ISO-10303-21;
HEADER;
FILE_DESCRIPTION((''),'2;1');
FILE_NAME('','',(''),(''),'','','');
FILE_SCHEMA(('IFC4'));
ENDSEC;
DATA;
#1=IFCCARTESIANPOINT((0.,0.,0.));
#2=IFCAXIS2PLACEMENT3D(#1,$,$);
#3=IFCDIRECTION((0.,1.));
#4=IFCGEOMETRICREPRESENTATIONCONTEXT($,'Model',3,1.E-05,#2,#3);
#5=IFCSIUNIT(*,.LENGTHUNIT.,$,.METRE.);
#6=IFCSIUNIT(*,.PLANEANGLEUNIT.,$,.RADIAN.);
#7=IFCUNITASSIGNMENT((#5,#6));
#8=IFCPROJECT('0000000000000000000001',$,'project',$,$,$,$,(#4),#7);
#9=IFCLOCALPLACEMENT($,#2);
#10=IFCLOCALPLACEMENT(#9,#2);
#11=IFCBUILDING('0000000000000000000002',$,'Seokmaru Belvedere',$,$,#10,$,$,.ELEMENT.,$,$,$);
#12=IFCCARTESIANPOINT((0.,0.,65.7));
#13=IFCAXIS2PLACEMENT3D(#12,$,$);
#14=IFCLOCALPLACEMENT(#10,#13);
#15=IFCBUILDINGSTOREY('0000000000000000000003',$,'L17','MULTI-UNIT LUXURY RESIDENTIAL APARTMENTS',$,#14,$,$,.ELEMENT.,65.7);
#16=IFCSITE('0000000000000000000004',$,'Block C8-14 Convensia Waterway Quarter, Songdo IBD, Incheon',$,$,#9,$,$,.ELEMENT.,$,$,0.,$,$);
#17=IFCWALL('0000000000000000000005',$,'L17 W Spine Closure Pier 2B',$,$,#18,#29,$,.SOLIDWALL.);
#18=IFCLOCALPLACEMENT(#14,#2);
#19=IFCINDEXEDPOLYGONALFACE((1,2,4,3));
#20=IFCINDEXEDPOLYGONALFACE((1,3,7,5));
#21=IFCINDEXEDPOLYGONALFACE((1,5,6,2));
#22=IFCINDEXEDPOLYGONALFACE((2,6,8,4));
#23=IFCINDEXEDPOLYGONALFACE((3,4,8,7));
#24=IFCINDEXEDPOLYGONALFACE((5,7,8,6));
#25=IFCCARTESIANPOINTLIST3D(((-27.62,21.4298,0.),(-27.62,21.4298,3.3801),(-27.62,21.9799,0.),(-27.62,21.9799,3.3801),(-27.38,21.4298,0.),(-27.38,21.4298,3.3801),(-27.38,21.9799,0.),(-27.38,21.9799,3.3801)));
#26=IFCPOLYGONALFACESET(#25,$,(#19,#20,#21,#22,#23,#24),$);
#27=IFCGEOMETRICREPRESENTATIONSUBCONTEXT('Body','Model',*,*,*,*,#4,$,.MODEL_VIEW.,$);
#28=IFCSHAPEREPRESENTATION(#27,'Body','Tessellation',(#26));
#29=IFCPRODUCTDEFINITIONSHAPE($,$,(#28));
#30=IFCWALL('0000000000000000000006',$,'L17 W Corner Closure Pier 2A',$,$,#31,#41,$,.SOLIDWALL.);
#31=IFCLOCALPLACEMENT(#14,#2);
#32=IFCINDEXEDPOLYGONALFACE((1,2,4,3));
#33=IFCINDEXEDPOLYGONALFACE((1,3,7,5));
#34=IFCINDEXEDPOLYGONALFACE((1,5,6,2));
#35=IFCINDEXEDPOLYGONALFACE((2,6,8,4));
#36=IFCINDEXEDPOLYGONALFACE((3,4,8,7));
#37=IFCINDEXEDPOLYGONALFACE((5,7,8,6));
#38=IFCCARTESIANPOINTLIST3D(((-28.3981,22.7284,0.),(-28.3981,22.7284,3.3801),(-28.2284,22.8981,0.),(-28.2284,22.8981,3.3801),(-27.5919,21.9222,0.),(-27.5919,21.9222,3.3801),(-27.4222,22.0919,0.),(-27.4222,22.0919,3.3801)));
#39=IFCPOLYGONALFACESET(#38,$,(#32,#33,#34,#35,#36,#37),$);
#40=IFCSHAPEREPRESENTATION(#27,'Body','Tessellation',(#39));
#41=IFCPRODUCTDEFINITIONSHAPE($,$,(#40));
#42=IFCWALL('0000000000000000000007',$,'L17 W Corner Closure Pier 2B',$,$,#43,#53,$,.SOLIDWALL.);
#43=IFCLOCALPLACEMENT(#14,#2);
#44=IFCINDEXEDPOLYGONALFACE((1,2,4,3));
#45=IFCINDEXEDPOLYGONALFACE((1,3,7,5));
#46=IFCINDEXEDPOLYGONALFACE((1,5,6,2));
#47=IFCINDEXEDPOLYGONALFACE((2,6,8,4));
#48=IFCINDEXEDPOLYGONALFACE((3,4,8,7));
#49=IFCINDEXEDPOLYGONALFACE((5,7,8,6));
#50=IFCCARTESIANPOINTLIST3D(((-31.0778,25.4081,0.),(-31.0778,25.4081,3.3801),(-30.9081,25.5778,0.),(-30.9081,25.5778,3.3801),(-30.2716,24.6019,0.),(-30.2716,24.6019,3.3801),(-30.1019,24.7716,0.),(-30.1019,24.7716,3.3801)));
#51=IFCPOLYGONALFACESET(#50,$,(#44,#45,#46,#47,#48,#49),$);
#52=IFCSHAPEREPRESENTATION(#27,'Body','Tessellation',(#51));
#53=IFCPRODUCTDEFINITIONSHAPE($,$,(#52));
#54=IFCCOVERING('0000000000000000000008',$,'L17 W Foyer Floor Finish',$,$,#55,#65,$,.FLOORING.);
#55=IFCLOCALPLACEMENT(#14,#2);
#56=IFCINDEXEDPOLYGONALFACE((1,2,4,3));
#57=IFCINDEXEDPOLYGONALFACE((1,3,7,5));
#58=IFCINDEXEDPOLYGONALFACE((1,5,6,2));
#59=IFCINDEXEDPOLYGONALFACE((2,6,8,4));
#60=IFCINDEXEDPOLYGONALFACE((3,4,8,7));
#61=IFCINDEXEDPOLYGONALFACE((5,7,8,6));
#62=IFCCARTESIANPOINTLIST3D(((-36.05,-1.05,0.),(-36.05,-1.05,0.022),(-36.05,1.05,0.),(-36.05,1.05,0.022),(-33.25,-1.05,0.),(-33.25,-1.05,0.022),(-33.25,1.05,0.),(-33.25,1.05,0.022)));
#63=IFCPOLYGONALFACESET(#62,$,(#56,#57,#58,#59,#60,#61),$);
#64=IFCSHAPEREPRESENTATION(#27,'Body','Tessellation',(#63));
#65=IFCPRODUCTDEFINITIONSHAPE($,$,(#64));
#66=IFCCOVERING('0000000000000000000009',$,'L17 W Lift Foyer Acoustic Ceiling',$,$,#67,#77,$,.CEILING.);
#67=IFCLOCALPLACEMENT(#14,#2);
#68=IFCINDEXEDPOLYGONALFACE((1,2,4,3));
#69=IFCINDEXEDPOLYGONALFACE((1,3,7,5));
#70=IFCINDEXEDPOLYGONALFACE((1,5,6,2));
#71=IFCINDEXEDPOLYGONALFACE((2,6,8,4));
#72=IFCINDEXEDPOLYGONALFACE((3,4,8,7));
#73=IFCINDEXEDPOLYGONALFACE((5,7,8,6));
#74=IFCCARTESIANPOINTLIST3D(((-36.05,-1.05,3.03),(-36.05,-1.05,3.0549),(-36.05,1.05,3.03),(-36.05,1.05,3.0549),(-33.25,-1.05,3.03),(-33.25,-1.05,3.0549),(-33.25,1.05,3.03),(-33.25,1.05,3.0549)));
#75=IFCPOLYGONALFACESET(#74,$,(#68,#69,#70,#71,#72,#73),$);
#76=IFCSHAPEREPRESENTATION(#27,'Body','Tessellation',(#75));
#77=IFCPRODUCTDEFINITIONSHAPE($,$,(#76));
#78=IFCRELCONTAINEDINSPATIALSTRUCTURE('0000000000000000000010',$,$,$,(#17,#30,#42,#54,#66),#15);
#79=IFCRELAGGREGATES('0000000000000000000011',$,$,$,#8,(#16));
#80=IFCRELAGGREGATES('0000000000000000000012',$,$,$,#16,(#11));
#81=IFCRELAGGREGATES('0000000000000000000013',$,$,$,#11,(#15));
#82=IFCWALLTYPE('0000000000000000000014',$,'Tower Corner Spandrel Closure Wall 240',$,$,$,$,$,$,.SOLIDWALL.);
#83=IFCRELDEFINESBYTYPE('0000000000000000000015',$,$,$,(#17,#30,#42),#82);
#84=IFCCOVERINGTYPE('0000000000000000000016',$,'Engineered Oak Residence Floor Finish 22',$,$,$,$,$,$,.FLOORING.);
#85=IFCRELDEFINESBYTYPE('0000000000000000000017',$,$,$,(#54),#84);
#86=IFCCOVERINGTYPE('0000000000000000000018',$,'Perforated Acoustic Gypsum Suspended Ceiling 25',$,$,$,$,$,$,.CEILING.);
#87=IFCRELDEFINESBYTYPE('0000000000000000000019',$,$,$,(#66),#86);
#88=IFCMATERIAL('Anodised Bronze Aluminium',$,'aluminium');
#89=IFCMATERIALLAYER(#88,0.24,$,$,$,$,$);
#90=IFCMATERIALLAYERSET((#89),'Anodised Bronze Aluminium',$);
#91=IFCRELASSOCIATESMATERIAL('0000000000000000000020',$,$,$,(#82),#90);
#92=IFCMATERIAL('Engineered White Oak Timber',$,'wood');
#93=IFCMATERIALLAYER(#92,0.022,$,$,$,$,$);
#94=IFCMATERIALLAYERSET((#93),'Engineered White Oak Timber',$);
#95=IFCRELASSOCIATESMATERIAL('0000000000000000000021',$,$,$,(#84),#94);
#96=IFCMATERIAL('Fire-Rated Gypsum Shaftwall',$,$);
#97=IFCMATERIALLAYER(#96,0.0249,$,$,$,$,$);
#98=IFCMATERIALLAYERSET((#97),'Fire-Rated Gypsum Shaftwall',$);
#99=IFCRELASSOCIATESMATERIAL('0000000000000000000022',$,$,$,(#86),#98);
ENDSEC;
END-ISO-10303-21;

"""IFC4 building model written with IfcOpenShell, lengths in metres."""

from ifc_helpers import new_model, si_unit, direction, frame, frame_2d, origin, place, context, subcontext, project, spatial, polyline, rectangle, outline, extrude, material, layer, layer_set, type_object, element, save


model = new_model("IFC4")

# Units and contexts
model_context = context("Model", 3, precision=1e-05, world=origin(), true_north=direction((0.0, 1.0)))
body_context = subcontext(model_context, "Body", "Model", "MODEL_VIEW")
ifc_project = project(units=[si_unit("LENGTHUNIT", "METRE"), si_unit("PLANEANGLEUNIT", "RADIAN")], contexts=[model_context])

# Site, building, storey
site_placement = place(None, origin())
site = spatial("IfcSite", under=ifc_project, at=site_placement, Name="Block C8-14 Convensia Waterway Quarter, Songdo IBD, Incheon", CompositionType="ELEMENT", RefElevation=0.0)
building_placement = place(site_placement, origin())
building = spatial("IfcBuilding", under=site, at=building_placement, Name="Seokmaru Belvedere", CompositionType="ELEMENT")
storey_placement = place(building_placement, frame((0.0, 0.0, 65.7)))
storey = spatial("IfcBuildingStorey", under=building, at=storey_placement, Name="L17", Description="MULTI-UNIT LUXURY RESIDENTIAL APARTMENTS", CompositionType="ELEMENT", Elevation=65.7)

# Shared definitions
ifc_material_1 = material(Name="Anodised Bronze Aluminium", Category="aluminium")

# Walls
ifc_layer_1 = layer(ifc_material_1, 0.24)
ifc_layer_set_1 = layer_set([ifc_layer_1], Name="Anodised Bronze Aluminium")
wall_type_1 = type_object("IfcWallType", Name="Tower Corner Spandrel Closure Wall 240", PredefinedType="SOLIDWALL", material=ifc_layer_set_1)
wall_1_placement = place(storey_placement, frame((-27.5, 21.4299, 0.0), z_axis=(0.0, 0.0, 1.0), x_axis=(0.0, 1.0, 0.0)))
element("IfcWall", 1, at=wall_1_placement, inside=storey, type_object=wall_type_1, Name="L17 W Spine Closure Pier 2B", PredefinedType="SOLIDWALL", context=body_context, shape_type="SweptSolid", body=[
    extrude(rectangle(XDim=0.55, YDim=0.24, at=frame_2d((0.2749, 0.0))), origin(), (0.0, 0.0, 1.0), 3.3801),
])
for number, where, z_axis, x_axis, name in (
    (2, (-27.5071, 22.0071, 0.0), (0.0, 0.0, 1.0), (-0.707107, 0.707107, 0.0), "L17 W Corner Closure Pier 2A"),
    (3, (-30.1868, 24.6868, 0.0), (0.0, 0.0, 1.0), (-0.707107, 0.707107, 0.0), "L17 W Corner Closure Pier 2B"),
):
    element("IfcWall", number, at=place(storey_placement, frame(where, z_axis=z_axis, x_axis=x_axis)), inside=storey, type_object=wall_type_1, Name=name, PredefinedType="SOLIDWALL", context=body_context, shape_type="SweptSolid", body=[
        extrude(rectangle(XDim=1.1401, YDim=0.24, at=frame_2d((0.5701, 0.0))), origin(), (0.0, 0.0, 1.0), 3.3801),
    ])

# Coverings
ifc_material_2 = material(Name="Engineered White Oak Timber", Category="wood")
ifc_layer_2 = layer(ifc_material_2, 0.022)
ifc_layer_set_2 = layer_set([ifc_layer_2], Name="Engineered White Oak Timber")
covering_type_1 = type_object("IfcCoveringType", Name="Engineered Oak Residence Floor Finish 22", PredefinedType="FLOORING", material=ifc_layer_set_2)
covering_1_placement = place(storey_placement, origin())
element("IfcCovering", 4, at=covering_1_placement, inside=storey, type_object=covering_type_1, Name="L17 W Foyer Floor Finish", PredefinedType="FLOORING", context=body_context, shape_type="SweptSolid", body=[
    extrude(outline(polyline([(-36.05, -1.05), (-33.25, -1.05), (-33.25, 1.05), (-36.05, 1.05), (-36.05, -1.05)])), origin(), (0.0, 0.0, 1.0), 0.022),
])
ifc_material_3 = material(Name="Fire-Rated Gypsum Shaftwall")
ifc_layer_3 = layer(ifc_material_3, 0.0249)
ifc_layer_set_3 = layer_set([ifc_layer_3], Name="Fire-Rated Gypsum Shaftwall")
covering_type_2 = type_object("IfcCoveringType", Name="Perforated Acoustic Gypsum Suspended Ceiling 25", PredefinedType="CEILING", material=ifc_layer_set_3)
covering_2_placement = place(storey_placement, frame((0.0, 0.0, 3.03)))
element("IfcCovering", 5, at=covering_2_placement, inside=storey, type_object=covering_type_2, Name="L17 W Lift Foyer Acoustic Ceiling", PredefinedType="CEILING", context=body_context, shape_type="SweptSolid", body=[
    extrude(outline(polyline([(-36.05, -1.05), (-33.25, -1.05), (-33.25, 1.05), (-36.05, 1.05), (-36.05, -1.05)])), origin(), (0.0, 0.0, 1.0), 0.0249),
])

save(model, "model.ifc")
